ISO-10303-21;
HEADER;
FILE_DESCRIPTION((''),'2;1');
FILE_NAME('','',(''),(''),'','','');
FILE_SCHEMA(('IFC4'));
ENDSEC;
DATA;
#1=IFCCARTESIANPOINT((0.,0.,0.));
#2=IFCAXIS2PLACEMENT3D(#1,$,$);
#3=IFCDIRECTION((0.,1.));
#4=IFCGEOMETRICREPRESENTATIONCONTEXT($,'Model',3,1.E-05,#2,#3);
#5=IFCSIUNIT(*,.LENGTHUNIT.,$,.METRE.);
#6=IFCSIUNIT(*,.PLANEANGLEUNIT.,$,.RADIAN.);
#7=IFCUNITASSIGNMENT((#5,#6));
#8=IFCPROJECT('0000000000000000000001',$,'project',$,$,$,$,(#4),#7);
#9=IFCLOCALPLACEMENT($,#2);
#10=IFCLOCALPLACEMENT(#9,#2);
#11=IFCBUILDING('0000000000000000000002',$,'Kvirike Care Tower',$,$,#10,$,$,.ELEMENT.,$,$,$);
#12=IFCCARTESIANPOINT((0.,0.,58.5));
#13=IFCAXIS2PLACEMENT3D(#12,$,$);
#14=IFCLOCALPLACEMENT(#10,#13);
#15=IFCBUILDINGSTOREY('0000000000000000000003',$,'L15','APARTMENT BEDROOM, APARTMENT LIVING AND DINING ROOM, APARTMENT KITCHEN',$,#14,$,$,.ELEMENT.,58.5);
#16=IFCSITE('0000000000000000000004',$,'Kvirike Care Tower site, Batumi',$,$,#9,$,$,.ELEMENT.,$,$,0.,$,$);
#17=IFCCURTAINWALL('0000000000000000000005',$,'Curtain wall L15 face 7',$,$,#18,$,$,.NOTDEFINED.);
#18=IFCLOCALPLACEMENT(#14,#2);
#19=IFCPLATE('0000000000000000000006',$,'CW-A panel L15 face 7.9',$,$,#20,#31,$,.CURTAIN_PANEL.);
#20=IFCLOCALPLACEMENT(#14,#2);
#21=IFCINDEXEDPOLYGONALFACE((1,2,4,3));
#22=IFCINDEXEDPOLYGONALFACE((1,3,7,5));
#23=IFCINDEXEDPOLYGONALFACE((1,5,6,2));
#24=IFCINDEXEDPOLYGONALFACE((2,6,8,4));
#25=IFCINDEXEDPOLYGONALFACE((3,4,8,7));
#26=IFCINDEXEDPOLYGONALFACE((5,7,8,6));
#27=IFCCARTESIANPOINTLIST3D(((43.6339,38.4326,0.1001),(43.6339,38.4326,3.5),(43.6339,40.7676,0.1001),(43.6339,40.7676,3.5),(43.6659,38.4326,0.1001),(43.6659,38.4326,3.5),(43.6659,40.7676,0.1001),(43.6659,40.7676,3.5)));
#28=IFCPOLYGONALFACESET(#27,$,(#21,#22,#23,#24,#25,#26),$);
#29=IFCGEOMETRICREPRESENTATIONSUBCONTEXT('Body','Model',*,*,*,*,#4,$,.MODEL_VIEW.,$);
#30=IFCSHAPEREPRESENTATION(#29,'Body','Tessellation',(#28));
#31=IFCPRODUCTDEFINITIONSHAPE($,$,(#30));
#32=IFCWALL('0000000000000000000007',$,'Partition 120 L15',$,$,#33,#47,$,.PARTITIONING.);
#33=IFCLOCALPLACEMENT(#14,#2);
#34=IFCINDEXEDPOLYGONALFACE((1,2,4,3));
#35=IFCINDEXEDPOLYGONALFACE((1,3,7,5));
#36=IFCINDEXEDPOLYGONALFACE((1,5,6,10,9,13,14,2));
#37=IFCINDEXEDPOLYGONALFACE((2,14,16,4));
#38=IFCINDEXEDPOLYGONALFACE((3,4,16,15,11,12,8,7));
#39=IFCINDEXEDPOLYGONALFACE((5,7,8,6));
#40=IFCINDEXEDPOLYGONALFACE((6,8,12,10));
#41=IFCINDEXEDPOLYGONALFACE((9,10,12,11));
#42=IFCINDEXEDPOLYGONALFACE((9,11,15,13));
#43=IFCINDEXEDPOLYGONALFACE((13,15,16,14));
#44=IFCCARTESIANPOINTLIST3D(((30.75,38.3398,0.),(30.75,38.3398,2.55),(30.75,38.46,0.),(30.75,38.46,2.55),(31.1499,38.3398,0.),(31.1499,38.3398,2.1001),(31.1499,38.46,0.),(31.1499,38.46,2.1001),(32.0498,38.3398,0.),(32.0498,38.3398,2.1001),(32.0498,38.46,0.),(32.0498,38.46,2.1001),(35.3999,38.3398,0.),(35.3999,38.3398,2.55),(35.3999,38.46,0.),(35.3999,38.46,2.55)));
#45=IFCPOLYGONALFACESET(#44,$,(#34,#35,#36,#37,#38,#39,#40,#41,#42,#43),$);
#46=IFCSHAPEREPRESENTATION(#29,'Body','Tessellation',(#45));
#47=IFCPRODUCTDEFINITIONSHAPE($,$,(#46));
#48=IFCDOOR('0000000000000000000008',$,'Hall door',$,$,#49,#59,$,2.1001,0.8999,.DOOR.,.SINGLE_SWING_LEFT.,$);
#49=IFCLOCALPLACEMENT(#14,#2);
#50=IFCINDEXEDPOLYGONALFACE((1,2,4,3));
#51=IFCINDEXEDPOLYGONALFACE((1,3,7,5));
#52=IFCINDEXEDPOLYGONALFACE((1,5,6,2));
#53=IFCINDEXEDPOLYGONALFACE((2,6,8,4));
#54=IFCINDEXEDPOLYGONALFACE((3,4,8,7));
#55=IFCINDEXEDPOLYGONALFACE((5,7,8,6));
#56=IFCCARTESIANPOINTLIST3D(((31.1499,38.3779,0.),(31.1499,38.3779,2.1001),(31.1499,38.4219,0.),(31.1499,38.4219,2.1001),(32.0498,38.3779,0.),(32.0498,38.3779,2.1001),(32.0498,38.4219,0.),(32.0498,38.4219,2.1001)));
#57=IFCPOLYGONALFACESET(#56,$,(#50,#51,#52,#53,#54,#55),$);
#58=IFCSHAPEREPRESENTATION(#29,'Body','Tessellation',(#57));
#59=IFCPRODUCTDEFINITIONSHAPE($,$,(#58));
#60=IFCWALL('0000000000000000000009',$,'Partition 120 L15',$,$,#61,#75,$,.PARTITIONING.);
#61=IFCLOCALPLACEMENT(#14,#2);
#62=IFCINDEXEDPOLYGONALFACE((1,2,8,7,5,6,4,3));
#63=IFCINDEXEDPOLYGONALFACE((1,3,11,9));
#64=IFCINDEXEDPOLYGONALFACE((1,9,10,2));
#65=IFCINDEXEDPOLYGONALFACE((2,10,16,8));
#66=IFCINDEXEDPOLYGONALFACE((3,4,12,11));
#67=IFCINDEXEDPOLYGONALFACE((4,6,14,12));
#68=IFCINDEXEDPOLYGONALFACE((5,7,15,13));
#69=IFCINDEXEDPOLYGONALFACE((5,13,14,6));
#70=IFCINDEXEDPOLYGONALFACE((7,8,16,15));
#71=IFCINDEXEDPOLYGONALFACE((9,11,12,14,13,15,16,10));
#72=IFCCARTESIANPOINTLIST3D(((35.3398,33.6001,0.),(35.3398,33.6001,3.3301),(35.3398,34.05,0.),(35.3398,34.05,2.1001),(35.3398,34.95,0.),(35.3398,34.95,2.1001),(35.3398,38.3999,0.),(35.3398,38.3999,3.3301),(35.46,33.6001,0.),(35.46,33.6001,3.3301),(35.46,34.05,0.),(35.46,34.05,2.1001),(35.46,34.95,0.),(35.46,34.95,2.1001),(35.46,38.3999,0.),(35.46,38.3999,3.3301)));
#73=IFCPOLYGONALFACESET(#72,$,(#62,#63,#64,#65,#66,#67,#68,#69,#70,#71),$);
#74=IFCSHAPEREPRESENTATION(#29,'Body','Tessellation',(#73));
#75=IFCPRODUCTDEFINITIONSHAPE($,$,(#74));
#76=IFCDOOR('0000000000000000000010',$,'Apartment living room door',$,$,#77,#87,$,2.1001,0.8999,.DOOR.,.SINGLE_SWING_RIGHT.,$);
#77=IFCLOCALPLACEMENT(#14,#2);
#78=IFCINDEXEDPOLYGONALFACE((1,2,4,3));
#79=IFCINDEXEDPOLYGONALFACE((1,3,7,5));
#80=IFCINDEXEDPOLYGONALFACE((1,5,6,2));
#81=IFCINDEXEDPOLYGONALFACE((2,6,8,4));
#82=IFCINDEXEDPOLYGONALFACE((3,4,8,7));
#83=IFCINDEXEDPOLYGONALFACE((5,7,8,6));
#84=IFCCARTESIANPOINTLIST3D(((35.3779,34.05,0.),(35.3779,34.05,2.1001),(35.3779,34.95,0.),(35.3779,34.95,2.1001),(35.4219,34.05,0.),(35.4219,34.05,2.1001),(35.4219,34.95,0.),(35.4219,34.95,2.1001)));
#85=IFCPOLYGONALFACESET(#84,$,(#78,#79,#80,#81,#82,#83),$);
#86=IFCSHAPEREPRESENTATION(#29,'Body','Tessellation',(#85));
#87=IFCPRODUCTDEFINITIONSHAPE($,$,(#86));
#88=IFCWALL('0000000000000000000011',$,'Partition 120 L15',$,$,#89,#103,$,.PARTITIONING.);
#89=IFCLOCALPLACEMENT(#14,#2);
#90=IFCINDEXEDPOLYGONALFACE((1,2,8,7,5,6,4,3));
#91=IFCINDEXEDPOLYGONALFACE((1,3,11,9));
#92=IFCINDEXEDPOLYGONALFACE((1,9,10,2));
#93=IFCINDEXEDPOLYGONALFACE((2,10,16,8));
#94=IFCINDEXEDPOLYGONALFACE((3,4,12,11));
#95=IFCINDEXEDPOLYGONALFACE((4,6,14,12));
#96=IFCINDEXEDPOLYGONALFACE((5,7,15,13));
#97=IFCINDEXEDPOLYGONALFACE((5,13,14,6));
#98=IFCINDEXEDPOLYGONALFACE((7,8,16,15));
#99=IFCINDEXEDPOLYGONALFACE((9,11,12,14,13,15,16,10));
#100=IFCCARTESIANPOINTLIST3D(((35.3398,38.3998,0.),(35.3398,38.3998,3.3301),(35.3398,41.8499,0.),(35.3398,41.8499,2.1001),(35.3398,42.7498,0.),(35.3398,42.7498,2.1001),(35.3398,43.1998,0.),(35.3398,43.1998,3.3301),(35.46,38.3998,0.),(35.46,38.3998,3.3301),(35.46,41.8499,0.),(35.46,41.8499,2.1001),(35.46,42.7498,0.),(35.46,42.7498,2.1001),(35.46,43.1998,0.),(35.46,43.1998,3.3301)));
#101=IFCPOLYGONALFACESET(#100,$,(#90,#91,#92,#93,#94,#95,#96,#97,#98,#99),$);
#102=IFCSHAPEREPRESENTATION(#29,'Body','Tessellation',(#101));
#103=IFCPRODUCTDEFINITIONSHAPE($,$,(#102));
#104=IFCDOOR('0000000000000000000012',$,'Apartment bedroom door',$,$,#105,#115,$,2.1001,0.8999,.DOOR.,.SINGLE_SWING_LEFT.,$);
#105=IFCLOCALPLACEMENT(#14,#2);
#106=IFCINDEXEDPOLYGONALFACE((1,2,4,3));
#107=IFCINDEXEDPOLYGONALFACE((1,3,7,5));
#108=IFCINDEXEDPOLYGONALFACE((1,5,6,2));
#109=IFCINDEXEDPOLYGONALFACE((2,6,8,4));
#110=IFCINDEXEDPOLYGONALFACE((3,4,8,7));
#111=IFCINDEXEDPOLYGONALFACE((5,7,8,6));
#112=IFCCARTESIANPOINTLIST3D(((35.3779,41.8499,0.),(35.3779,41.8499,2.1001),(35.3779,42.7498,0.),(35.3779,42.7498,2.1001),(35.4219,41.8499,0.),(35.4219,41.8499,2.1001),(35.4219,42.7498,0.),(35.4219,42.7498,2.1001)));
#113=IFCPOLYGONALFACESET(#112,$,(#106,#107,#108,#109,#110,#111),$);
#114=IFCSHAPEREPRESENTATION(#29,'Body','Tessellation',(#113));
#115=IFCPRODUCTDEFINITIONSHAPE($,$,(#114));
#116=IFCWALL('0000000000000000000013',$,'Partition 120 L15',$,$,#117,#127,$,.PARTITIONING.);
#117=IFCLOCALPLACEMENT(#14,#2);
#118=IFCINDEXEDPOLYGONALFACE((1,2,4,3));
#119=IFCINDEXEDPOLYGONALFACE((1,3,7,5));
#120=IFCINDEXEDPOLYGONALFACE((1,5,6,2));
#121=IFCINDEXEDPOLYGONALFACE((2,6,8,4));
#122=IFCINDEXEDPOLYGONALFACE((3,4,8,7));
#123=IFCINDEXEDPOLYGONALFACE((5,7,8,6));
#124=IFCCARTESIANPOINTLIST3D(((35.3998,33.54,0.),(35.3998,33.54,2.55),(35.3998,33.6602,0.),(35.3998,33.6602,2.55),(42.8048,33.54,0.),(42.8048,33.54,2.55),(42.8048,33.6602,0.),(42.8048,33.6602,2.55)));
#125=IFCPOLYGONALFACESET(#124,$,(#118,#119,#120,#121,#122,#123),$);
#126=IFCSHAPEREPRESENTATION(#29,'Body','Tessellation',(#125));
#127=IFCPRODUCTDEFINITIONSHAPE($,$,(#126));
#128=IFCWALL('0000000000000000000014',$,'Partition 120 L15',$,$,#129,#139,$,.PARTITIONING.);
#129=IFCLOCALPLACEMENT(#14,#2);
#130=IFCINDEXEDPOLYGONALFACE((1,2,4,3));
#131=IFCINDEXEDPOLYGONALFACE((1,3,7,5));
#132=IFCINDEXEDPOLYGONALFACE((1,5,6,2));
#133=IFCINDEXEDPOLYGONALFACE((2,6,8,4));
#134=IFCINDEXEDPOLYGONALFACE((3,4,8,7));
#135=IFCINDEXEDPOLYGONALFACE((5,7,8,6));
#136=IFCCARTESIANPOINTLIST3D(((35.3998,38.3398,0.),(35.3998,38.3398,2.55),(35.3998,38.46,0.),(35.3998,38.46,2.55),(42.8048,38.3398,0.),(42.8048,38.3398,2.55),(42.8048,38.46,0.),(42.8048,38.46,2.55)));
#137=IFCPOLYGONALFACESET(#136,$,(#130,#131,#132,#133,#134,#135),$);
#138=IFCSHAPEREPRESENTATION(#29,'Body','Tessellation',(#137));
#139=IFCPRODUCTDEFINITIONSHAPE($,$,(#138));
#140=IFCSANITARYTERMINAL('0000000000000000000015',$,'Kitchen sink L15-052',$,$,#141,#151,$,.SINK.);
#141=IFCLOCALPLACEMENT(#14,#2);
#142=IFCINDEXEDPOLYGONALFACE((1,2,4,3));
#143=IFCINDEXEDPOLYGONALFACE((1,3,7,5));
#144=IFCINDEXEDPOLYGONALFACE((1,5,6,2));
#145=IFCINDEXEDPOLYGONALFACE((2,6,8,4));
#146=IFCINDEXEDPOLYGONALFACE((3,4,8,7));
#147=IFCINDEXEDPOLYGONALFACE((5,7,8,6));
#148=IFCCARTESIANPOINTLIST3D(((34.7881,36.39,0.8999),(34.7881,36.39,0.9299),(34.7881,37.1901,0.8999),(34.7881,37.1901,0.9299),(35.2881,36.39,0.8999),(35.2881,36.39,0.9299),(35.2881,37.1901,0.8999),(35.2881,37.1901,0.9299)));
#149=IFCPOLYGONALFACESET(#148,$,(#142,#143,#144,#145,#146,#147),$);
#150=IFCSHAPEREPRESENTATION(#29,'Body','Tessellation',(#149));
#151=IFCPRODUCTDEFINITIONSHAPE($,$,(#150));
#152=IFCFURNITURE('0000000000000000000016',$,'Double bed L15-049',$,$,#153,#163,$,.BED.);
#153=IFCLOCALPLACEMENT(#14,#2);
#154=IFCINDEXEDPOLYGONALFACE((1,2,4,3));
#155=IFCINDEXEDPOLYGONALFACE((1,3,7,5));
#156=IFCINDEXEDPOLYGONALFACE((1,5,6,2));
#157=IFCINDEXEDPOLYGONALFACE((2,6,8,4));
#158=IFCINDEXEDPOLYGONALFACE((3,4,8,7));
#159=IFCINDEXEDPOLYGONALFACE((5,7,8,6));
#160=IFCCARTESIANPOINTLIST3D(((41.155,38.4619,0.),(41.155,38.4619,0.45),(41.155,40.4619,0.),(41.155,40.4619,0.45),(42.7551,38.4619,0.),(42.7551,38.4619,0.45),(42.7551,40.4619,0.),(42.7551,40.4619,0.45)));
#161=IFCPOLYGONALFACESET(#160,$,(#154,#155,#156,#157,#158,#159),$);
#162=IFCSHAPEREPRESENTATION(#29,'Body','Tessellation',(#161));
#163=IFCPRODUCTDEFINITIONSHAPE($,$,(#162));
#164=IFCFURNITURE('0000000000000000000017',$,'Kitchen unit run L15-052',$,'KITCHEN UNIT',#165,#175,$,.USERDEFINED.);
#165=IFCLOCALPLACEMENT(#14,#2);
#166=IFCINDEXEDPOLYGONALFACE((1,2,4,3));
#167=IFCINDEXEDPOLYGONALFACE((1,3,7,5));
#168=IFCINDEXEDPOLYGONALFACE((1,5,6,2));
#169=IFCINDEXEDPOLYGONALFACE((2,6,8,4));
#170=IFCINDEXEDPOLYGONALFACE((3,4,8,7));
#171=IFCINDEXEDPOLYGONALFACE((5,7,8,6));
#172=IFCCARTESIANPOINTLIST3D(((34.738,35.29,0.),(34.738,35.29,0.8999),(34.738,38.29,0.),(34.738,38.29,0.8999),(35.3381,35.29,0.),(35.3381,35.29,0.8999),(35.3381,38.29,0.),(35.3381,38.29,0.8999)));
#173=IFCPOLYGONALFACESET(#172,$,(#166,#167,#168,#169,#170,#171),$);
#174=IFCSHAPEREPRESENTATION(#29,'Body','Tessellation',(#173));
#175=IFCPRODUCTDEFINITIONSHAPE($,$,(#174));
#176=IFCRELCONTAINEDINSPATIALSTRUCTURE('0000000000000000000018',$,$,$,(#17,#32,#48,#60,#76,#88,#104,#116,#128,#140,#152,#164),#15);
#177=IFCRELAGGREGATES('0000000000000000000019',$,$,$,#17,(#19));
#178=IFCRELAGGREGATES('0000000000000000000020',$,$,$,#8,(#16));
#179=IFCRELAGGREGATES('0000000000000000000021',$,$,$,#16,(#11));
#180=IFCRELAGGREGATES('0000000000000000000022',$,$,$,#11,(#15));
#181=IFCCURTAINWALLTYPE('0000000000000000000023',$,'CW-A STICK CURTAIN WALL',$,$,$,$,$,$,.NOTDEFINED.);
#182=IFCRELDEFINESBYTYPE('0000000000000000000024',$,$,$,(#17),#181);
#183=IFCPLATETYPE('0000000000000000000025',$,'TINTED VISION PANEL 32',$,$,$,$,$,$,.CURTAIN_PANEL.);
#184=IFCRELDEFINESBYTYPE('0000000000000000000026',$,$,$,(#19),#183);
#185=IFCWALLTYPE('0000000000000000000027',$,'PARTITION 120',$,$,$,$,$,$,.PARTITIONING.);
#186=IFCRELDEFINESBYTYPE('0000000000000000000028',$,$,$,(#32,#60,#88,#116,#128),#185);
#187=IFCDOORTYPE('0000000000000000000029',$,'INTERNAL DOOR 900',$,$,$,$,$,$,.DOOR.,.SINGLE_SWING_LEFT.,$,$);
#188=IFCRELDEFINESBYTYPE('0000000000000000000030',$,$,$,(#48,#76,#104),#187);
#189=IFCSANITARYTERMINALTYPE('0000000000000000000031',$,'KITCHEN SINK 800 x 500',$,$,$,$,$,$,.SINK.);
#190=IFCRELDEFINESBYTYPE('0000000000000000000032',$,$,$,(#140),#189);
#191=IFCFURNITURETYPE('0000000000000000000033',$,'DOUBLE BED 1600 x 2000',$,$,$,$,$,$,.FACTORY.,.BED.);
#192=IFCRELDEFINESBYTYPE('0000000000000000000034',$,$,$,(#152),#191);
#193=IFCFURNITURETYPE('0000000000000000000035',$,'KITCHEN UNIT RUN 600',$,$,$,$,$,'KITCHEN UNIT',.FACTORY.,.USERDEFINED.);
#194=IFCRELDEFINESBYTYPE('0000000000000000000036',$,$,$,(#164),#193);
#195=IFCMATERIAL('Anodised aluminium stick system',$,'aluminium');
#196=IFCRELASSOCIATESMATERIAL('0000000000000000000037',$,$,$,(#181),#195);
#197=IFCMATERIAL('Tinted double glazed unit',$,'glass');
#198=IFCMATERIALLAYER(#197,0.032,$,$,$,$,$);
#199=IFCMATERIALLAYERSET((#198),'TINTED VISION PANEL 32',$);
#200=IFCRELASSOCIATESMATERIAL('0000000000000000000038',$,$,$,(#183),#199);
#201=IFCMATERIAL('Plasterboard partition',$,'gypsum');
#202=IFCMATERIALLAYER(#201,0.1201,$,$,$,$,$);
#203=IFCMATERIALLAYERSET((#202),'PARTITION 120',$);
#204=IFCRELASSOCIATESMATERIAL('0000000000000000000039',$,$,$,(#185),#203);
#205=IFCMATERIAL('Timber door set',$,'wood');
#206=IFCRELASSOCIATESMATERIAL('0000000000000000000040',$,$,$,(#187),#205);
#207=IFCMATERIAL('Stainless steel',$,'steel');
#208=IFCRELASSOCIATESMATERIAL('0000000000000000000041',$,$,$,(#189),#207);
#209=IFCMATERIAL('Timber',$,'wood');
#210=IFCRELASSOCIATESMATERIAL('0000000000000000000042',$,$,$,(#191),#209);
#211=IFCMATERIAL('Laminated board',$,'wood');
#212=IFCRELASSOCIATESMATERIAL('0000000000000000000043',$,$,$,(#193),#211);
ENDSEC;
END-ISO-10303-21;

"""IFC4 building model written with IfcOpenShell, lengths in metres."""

from ifc_helpers import new_model, si_unit, direction, frame, frame_2d, origin, origin_2d, place, context, subcontext, project, spatial, rectangle, extrude, material, layer, layer_set, type_object, element, fill, aggregate, save


model = new_model("IFC4")

# Units and contexts
model_context = context("Model", 3, precision=1e-05, world=origin(), true_north=direction((0.0, 1.0)))
body_context = subcontext(model_context, "Body", "Model", "MODEL_VIEW")
ifc_project = project(units=[si_unit("LENGTHUNIT", "METRE"), si_unit("PLANEANGLEUNIT", "RADIAN")], contexts=[model_context])

# Site, building, storey
site_placement = place(None, origin())
site = spatial("IfcSite", under=ifc_project, at=site_placement, Name="Kvirike Care Tower site, Batumi", CompositionType="ELEMENT", RefElevation=0.0)
building_placement = place(site_placement, origin())
building = spatial("IfcBuilding", under=site, at=building_placement, Name="Kvirike Care Tower", CompositionType="ELEMENT")
storey_placement = place(building_placement, frame((0.0, 0.0, 58.5)))
storey = spatial("IfcBuildingStorey", under=building, at=storey_placement, Name="L15", Description="APARTMENT BEDROOM, APARTMENT LIVING AND DINING ROOM, APARTMENT KITCHEN", CompositionType="ELEMENT", Elevation=58.5)

# Curtain wall
ifc_material_1 = material(Name="Anodised aluminium stick system", Category="aluminium")
curtain_wall_type = type_object("IfcCurtainWallType", Name="CW-A STICK CURTAIN WALL", PredefinedType="NOTDEFINED", material=ifc_material_1)
curtain_wall_placement = place(storey_placement, origin())
curtain_wall = element("IfcCurtainWall", 1, at=curtain_wall_placement, inside=storey, type_object=curtain_wall_type, Name="Curtain wall L15 face 7", PredefinedType="NOTDEFINED")

# Plate
ifc_material_2 = material(Name="Tinted double glazed unit", Category="glass")
ifc_layer_1 = layer(ifc_material_2, 0.032)
ifc_layer_set_1 = layer_set([ifc_layer_1], Name="TINTED VISION PANEL 32")
plate_type = type_object("IfcPlateType", Name="TINTED VISION PANEL 32", PredefinedType="CURTAIN_PANEL", material=ifc_layer_set_1)
plate_1_placement = place(storey_placement, frame((43.6499, 39.6001, 0.1001), z_axis=(0.0, 0.0, 1.0), x_axis=(0.0, 1.0, 0.0)))
plate_1 = element("IfcPlate", 2, at=plate_1_placement, type_object=plate_type, Name="CW-A panel L15 face 7.9", PredefinedType="CURTAIN_PANEL", context=body_context, shape_type="SweptSolid", body=[
    extrude(rectangle(XDim=2.335, YDim=0.032, at=origin_2d()), origin(), (0.0, 0.0, 1.0), 3.3999),
])
aggregate(curtain_wall, [plate_1])

# Walls, openings, doors
ifc_material_3 = material(Name="Plasterboard partition", Category="gypsum")
ifc_layer_2 = layer(ifc_material_3, 0.1201)
ifc_layer_set_2 = layer_set([ifc_layer_2], Name="PARTITION 120")
wall_type = type_object("IfcWallType", Name="PARTITION 120", PredefinedType="PARTITIONING", material=ifc_layer_set_2)
wall_1_placement = place(storey_placement, frame((35.3999, 38.3999, 0.0), z_axis=(0.0, 0.0, 1.0), x_axis=(-1.0, 0.0, 0.0)))
wall_1 = element("IfcWall", 3, at=wall_1_placement, inside=storey, type_object=wall_type, Name="Partition 120 L15", PredefinedType="PARTITIONING", context=body_context, shape_type="SweptSolid", body=[
    extrude(rectangle(XDim=4.6499, YDim=0.1201, at=frame_2d((2.325, 0.0))), origin(), (0.0, 0.0, 1.0), 2.55),
])
opening_1_placement = place(wall_1_placement, frame((3.3501, 0.0, 0.0)))
opening_1 = element("IfcOpeningElement", 4, at=opening_1_placement, cuts=wall_1, PredefinedType="OPENING", context=body_context, shape_type="SweptSolid", body=[
    extrude(rectangle(XDim=0.8999, YDim=2.1001, at=frame_2d((0.45, 1.05))), frame((0.0, 0.0706, 0.0), z_axis=(0.0, -1.0, 0.0), x_axis=(1.0, 0.0, 0.0)), (0.0, 0.0, 1.0), 0.1411),
])
ifc_material_4 = material(Name="Timber door set", Category="wood")
door_type = type_object("IfcDoorType", Name="INTERNAL DOOR 900", OperationType="SINGLE_SWING_LEFT", PredefinedType="DOOR", material=ifc_material_4)
door_1_placement = place(opening_1_placement, origin())
door_1 = element("IfcDoor", 5, at=door_1_placement, inside=storey, type_object=door_type, Name="Hall door", OperationType="SINGLE_SWING_LEFT", OverallHeight=2.1001, OverallWidth=0.8999, PredefinedType="DOOR", context=body_context, shape_type="SweptSolid", body=[
    extrude(rectangle(XDim=0.8999, YDim=2.1001, at=frame_2d((0.45, 1.05))), frame((0.0, 0.022, 0.0), z_axis=(0.0, -1.0, 0.0), x_axis=(1.0, 0.0, 0.0)), (0.0, 0.0, 1.0), 0.0439),
])
fill(opening_1, door_1)
wall_2_placement = place(storey_placement, frame((35.3999, 33.6001, 0.0), z_axis=(0.0, 0.0, 1.0), x_axis=(0.0, 1.0, 0.0)))
wall_2 = element("IfcWall", 6, at=wall_2_placement, inside=storey, type_object=wall_type, Name="Partition 120 L15", PredefinedType="PARTITIONING", context=body_context, shape_type="SweptSolid", body=[
    extrude(rectangle(XDim=4.7998, YDim=0.1201, at=frame_2d((2.3999, 0.0))), origin(), (0.0, 0.0, 1.0), 3.3301),
])
opening_2_placement = place(wall_2_placement, frame((0.45, 0.0, 0.0)))
opening_2 = element("IfcOpeningElement", 7, at=opening_2_placement, cuts=wall_2, PredefinedType="OPENING", context=body_context, shape_type="SweptSolid", body=[
    extrude(rectangle(XDim=0.8999, YDim=2.1001, at=frame_2d((0.45, 1.05))), frame((0.0, 0.0706, 0.0), z_axis=(0.0, -1.0, 0.0), x_axis=(1.0, 0.0, 0.0)), (0.0, 0.0, 1.0), 0.1411),
])
door_2_placement = place(opening_2_placement, origin())
door_2 = element("IfcDoor", 8, at=door_2_placement, inside=storey, type_object=door_type, Name="Apartment living room door", OperationType="SINGLE_SWING_RIGHT", OverallHeight=2.1001, OverallWidth=0.8999, PredefinedType="DOOR", context=body_context, shape_type="SweptSolid", body=[
    extrude(rectangle(XDim=0.8999, YDim=2.1001, at=frame_2d((0.45, 1.05))), frame((0.0, 0.022, 0.0), z_axis=(0.0, -1.0, 0.0), x_axis=(1.0, 0.0, 0.0)), (0.0, 0.0, 1.0), 0.0439),
])
fill(opening_2, door_2)
wall_3_placement = place(storey_placement, frame((35.3999, 38.3999, 0.0), z_axis=(0.0, 0.0, 1.0), x_axis=(0.0, 1.0, 0.0)))
wall_3 = element("IfcWall", 9, at=wall_3_placement, inside=storey, type_object=wall_type, Name="Partition 120 L15", PredefinedType="PARTITIONING", context=body_context, shape_type="SweptSolid", body=[
    extrude(rectangle(XDim=4.8, YDim=0.1201, at=frame_2d((2.3999, 0.0))), origin(), (0.0, 0.0, 1.0), 3.3301),
])
opening_3_placement = place(wall_3_placement, frame((3.45, 0.0, 0.0)))
opening_3 = element("IfcOpeningElement", 10, at=opening_3_placement, cuts=wall_3, PredefinedType="OPENING", context=body_context, shape_type="SweptSolid", body=[
    extrude(rectangle(XDim=0.8999, YDim=2.1001, at=frame_2d((0.45, 1.05))), frame((0.0, 0.0706, 0.0), z_axis=(0.0, -1.0, 0.0), x_axis=(1.0, 0.0, 0.0)), (0.0, 0.0, 1.0), 0.1411),
])
door_3_placement = place(opening_3_placement, origin())
door_3 = element("IfcDoor", 11, at=door_3_placement, inside=storey, type_object=door_type, Name="Apartment bedroom door", OperationType="SINGLE_SWING_LEFT", OverallHeight=2.1001, OverallWidth=0.8999, PredefinedType="DOOR", context=body_context, shape_type="SweptSolid", body=[
    extrude(rectangle(XDim=0.8999, YDim=2.1001, at=frame_2d((0.45, 1.05))), frame((0.0, 0.022, 0.0), z_axis=(0.0, -1.0, 0.0), x_axis=(1.0, 0.0, 0.0)), (0.0, 0.0, 1.0), 0.0439),
])
fill(opening_3, door_3)

# Walls
for number, where, z_axis, x_axis, name in (
    (12, (42.8049, 33.6001, 0.0), (0.0, 0.0, 1.0), (-1.0, 0.0, 0.0), "Partition 120 L15"),
    (13, (42.8049, 38.3999, 0.0), (0.0, 0.0, 1.0), (-1.0, 0.0, 0.0), "Partition 120 L15"),
):
    element("IfcWall", number, at=place(storey_placement, frame(where, z_axis=z_axis, x_axis=x_axis)), inside=storey, type_object=wall_type, Name=name, PredefinedType="PARTITIONING", context=body_context, shape_type="SweptSolid", body=[
        extrude(rectangle(XDim=7.405, YDim=0.1201, at=frame_2d((3.7026, 0.0))), origin(), (0.0, 0.0, 1.0), 2.55),
    ])

# Sanitary terminal
ifc_material_5 = material(Name="Stainless steel", Category="steel")
sanitary_terminal_type = type_object("IfcSanitaryTerminalType", Name="KITCHEN SINK 800 x 500", PredefinedType="SINK", material=ifc_material_5)
sanitary_terminal_placement = place(storey_placement, frame((35.0381, 36.79, 0.8999), z_axis=(0.0, 0.0, 1.0), x_axis=(0.0, -1.0, 0.0)))
element("IfcSanitaryTerminal", 14, at=sanitary_terminal_placement, inside=storey, type_object=sanitary_terminal_type, Name="Kitchen sink L15-052", PredefinedType="SINK", context=body_context, shape_type="SweptSolid", body=[
    extrude(rectangle(XDim=0.8, YDim=0.5, at=origin_2d()), origin(), (0.0, 0.0, 1.0), 0.03),
])

# Furniture
ifc_material_6 = material(Name="Timber", Category="wood")
furniture_type_1 = type_object("IfcFurnitureType", Name="DOUBLE BED 1600 x 2000", AssemblyPlace="FACTORY", PredefinedType="BED", material=ifc_material_6)
furniture_1_placement = place(storey_placement, frame((41.9551, 39.4619, 0.0), z_axis=(0.0, 0.0, 1.0), x_axis=(-1.0, 0.0, 0.0)))
element("IfcFurniture", 15, at=furniture_1_placement, inside=storey, type_object=furniture_type_1, Name="Double bed L15-049", PredefinedType="BED", context=body_context, shape_type="SweptSolid", body=[
    extrude(rectangle(XDim=1.6001, YDim=2.0, at=origin_2d()), origin(), (0.0, 0.0, 1.0), 0.45),
])
ifc_material_7 = material(Name="Laminated board", Category="wood")
furniture_type_2 = type_object("IfcFurnitureType", Name="KITCHEN UNIT RUN 600", ElementType="KITCHEN UNIT", AssemblyPlace="FACTORY", PredefinedType="USERDEFINED", material=ifc_material_7)
furniture_2_placement = place(storey_placement, frame((35.0381, 36.79, 0.0), z_axis=(0.0, 0.0, 1.0), x_axis=(0.0, -1.0, 0.0)))
element("IfcFurniture", 16, at=furniture_2_placement, inside=storey, type_object=furniture_type_2, Name="Kitchen unit run L15-052", ObjectType="KITCHEN UNIT", PredefinedType="USERDEFINED", context=body_context, shape_type="SweptSolid", body=[
    extrude(rectangle(XDim=3.0, YDim=0.6001, at=origin_2d()), origin(), (0.0, 0.0, 1.0), 0.8999),
])

save(model, "model.ifc")
